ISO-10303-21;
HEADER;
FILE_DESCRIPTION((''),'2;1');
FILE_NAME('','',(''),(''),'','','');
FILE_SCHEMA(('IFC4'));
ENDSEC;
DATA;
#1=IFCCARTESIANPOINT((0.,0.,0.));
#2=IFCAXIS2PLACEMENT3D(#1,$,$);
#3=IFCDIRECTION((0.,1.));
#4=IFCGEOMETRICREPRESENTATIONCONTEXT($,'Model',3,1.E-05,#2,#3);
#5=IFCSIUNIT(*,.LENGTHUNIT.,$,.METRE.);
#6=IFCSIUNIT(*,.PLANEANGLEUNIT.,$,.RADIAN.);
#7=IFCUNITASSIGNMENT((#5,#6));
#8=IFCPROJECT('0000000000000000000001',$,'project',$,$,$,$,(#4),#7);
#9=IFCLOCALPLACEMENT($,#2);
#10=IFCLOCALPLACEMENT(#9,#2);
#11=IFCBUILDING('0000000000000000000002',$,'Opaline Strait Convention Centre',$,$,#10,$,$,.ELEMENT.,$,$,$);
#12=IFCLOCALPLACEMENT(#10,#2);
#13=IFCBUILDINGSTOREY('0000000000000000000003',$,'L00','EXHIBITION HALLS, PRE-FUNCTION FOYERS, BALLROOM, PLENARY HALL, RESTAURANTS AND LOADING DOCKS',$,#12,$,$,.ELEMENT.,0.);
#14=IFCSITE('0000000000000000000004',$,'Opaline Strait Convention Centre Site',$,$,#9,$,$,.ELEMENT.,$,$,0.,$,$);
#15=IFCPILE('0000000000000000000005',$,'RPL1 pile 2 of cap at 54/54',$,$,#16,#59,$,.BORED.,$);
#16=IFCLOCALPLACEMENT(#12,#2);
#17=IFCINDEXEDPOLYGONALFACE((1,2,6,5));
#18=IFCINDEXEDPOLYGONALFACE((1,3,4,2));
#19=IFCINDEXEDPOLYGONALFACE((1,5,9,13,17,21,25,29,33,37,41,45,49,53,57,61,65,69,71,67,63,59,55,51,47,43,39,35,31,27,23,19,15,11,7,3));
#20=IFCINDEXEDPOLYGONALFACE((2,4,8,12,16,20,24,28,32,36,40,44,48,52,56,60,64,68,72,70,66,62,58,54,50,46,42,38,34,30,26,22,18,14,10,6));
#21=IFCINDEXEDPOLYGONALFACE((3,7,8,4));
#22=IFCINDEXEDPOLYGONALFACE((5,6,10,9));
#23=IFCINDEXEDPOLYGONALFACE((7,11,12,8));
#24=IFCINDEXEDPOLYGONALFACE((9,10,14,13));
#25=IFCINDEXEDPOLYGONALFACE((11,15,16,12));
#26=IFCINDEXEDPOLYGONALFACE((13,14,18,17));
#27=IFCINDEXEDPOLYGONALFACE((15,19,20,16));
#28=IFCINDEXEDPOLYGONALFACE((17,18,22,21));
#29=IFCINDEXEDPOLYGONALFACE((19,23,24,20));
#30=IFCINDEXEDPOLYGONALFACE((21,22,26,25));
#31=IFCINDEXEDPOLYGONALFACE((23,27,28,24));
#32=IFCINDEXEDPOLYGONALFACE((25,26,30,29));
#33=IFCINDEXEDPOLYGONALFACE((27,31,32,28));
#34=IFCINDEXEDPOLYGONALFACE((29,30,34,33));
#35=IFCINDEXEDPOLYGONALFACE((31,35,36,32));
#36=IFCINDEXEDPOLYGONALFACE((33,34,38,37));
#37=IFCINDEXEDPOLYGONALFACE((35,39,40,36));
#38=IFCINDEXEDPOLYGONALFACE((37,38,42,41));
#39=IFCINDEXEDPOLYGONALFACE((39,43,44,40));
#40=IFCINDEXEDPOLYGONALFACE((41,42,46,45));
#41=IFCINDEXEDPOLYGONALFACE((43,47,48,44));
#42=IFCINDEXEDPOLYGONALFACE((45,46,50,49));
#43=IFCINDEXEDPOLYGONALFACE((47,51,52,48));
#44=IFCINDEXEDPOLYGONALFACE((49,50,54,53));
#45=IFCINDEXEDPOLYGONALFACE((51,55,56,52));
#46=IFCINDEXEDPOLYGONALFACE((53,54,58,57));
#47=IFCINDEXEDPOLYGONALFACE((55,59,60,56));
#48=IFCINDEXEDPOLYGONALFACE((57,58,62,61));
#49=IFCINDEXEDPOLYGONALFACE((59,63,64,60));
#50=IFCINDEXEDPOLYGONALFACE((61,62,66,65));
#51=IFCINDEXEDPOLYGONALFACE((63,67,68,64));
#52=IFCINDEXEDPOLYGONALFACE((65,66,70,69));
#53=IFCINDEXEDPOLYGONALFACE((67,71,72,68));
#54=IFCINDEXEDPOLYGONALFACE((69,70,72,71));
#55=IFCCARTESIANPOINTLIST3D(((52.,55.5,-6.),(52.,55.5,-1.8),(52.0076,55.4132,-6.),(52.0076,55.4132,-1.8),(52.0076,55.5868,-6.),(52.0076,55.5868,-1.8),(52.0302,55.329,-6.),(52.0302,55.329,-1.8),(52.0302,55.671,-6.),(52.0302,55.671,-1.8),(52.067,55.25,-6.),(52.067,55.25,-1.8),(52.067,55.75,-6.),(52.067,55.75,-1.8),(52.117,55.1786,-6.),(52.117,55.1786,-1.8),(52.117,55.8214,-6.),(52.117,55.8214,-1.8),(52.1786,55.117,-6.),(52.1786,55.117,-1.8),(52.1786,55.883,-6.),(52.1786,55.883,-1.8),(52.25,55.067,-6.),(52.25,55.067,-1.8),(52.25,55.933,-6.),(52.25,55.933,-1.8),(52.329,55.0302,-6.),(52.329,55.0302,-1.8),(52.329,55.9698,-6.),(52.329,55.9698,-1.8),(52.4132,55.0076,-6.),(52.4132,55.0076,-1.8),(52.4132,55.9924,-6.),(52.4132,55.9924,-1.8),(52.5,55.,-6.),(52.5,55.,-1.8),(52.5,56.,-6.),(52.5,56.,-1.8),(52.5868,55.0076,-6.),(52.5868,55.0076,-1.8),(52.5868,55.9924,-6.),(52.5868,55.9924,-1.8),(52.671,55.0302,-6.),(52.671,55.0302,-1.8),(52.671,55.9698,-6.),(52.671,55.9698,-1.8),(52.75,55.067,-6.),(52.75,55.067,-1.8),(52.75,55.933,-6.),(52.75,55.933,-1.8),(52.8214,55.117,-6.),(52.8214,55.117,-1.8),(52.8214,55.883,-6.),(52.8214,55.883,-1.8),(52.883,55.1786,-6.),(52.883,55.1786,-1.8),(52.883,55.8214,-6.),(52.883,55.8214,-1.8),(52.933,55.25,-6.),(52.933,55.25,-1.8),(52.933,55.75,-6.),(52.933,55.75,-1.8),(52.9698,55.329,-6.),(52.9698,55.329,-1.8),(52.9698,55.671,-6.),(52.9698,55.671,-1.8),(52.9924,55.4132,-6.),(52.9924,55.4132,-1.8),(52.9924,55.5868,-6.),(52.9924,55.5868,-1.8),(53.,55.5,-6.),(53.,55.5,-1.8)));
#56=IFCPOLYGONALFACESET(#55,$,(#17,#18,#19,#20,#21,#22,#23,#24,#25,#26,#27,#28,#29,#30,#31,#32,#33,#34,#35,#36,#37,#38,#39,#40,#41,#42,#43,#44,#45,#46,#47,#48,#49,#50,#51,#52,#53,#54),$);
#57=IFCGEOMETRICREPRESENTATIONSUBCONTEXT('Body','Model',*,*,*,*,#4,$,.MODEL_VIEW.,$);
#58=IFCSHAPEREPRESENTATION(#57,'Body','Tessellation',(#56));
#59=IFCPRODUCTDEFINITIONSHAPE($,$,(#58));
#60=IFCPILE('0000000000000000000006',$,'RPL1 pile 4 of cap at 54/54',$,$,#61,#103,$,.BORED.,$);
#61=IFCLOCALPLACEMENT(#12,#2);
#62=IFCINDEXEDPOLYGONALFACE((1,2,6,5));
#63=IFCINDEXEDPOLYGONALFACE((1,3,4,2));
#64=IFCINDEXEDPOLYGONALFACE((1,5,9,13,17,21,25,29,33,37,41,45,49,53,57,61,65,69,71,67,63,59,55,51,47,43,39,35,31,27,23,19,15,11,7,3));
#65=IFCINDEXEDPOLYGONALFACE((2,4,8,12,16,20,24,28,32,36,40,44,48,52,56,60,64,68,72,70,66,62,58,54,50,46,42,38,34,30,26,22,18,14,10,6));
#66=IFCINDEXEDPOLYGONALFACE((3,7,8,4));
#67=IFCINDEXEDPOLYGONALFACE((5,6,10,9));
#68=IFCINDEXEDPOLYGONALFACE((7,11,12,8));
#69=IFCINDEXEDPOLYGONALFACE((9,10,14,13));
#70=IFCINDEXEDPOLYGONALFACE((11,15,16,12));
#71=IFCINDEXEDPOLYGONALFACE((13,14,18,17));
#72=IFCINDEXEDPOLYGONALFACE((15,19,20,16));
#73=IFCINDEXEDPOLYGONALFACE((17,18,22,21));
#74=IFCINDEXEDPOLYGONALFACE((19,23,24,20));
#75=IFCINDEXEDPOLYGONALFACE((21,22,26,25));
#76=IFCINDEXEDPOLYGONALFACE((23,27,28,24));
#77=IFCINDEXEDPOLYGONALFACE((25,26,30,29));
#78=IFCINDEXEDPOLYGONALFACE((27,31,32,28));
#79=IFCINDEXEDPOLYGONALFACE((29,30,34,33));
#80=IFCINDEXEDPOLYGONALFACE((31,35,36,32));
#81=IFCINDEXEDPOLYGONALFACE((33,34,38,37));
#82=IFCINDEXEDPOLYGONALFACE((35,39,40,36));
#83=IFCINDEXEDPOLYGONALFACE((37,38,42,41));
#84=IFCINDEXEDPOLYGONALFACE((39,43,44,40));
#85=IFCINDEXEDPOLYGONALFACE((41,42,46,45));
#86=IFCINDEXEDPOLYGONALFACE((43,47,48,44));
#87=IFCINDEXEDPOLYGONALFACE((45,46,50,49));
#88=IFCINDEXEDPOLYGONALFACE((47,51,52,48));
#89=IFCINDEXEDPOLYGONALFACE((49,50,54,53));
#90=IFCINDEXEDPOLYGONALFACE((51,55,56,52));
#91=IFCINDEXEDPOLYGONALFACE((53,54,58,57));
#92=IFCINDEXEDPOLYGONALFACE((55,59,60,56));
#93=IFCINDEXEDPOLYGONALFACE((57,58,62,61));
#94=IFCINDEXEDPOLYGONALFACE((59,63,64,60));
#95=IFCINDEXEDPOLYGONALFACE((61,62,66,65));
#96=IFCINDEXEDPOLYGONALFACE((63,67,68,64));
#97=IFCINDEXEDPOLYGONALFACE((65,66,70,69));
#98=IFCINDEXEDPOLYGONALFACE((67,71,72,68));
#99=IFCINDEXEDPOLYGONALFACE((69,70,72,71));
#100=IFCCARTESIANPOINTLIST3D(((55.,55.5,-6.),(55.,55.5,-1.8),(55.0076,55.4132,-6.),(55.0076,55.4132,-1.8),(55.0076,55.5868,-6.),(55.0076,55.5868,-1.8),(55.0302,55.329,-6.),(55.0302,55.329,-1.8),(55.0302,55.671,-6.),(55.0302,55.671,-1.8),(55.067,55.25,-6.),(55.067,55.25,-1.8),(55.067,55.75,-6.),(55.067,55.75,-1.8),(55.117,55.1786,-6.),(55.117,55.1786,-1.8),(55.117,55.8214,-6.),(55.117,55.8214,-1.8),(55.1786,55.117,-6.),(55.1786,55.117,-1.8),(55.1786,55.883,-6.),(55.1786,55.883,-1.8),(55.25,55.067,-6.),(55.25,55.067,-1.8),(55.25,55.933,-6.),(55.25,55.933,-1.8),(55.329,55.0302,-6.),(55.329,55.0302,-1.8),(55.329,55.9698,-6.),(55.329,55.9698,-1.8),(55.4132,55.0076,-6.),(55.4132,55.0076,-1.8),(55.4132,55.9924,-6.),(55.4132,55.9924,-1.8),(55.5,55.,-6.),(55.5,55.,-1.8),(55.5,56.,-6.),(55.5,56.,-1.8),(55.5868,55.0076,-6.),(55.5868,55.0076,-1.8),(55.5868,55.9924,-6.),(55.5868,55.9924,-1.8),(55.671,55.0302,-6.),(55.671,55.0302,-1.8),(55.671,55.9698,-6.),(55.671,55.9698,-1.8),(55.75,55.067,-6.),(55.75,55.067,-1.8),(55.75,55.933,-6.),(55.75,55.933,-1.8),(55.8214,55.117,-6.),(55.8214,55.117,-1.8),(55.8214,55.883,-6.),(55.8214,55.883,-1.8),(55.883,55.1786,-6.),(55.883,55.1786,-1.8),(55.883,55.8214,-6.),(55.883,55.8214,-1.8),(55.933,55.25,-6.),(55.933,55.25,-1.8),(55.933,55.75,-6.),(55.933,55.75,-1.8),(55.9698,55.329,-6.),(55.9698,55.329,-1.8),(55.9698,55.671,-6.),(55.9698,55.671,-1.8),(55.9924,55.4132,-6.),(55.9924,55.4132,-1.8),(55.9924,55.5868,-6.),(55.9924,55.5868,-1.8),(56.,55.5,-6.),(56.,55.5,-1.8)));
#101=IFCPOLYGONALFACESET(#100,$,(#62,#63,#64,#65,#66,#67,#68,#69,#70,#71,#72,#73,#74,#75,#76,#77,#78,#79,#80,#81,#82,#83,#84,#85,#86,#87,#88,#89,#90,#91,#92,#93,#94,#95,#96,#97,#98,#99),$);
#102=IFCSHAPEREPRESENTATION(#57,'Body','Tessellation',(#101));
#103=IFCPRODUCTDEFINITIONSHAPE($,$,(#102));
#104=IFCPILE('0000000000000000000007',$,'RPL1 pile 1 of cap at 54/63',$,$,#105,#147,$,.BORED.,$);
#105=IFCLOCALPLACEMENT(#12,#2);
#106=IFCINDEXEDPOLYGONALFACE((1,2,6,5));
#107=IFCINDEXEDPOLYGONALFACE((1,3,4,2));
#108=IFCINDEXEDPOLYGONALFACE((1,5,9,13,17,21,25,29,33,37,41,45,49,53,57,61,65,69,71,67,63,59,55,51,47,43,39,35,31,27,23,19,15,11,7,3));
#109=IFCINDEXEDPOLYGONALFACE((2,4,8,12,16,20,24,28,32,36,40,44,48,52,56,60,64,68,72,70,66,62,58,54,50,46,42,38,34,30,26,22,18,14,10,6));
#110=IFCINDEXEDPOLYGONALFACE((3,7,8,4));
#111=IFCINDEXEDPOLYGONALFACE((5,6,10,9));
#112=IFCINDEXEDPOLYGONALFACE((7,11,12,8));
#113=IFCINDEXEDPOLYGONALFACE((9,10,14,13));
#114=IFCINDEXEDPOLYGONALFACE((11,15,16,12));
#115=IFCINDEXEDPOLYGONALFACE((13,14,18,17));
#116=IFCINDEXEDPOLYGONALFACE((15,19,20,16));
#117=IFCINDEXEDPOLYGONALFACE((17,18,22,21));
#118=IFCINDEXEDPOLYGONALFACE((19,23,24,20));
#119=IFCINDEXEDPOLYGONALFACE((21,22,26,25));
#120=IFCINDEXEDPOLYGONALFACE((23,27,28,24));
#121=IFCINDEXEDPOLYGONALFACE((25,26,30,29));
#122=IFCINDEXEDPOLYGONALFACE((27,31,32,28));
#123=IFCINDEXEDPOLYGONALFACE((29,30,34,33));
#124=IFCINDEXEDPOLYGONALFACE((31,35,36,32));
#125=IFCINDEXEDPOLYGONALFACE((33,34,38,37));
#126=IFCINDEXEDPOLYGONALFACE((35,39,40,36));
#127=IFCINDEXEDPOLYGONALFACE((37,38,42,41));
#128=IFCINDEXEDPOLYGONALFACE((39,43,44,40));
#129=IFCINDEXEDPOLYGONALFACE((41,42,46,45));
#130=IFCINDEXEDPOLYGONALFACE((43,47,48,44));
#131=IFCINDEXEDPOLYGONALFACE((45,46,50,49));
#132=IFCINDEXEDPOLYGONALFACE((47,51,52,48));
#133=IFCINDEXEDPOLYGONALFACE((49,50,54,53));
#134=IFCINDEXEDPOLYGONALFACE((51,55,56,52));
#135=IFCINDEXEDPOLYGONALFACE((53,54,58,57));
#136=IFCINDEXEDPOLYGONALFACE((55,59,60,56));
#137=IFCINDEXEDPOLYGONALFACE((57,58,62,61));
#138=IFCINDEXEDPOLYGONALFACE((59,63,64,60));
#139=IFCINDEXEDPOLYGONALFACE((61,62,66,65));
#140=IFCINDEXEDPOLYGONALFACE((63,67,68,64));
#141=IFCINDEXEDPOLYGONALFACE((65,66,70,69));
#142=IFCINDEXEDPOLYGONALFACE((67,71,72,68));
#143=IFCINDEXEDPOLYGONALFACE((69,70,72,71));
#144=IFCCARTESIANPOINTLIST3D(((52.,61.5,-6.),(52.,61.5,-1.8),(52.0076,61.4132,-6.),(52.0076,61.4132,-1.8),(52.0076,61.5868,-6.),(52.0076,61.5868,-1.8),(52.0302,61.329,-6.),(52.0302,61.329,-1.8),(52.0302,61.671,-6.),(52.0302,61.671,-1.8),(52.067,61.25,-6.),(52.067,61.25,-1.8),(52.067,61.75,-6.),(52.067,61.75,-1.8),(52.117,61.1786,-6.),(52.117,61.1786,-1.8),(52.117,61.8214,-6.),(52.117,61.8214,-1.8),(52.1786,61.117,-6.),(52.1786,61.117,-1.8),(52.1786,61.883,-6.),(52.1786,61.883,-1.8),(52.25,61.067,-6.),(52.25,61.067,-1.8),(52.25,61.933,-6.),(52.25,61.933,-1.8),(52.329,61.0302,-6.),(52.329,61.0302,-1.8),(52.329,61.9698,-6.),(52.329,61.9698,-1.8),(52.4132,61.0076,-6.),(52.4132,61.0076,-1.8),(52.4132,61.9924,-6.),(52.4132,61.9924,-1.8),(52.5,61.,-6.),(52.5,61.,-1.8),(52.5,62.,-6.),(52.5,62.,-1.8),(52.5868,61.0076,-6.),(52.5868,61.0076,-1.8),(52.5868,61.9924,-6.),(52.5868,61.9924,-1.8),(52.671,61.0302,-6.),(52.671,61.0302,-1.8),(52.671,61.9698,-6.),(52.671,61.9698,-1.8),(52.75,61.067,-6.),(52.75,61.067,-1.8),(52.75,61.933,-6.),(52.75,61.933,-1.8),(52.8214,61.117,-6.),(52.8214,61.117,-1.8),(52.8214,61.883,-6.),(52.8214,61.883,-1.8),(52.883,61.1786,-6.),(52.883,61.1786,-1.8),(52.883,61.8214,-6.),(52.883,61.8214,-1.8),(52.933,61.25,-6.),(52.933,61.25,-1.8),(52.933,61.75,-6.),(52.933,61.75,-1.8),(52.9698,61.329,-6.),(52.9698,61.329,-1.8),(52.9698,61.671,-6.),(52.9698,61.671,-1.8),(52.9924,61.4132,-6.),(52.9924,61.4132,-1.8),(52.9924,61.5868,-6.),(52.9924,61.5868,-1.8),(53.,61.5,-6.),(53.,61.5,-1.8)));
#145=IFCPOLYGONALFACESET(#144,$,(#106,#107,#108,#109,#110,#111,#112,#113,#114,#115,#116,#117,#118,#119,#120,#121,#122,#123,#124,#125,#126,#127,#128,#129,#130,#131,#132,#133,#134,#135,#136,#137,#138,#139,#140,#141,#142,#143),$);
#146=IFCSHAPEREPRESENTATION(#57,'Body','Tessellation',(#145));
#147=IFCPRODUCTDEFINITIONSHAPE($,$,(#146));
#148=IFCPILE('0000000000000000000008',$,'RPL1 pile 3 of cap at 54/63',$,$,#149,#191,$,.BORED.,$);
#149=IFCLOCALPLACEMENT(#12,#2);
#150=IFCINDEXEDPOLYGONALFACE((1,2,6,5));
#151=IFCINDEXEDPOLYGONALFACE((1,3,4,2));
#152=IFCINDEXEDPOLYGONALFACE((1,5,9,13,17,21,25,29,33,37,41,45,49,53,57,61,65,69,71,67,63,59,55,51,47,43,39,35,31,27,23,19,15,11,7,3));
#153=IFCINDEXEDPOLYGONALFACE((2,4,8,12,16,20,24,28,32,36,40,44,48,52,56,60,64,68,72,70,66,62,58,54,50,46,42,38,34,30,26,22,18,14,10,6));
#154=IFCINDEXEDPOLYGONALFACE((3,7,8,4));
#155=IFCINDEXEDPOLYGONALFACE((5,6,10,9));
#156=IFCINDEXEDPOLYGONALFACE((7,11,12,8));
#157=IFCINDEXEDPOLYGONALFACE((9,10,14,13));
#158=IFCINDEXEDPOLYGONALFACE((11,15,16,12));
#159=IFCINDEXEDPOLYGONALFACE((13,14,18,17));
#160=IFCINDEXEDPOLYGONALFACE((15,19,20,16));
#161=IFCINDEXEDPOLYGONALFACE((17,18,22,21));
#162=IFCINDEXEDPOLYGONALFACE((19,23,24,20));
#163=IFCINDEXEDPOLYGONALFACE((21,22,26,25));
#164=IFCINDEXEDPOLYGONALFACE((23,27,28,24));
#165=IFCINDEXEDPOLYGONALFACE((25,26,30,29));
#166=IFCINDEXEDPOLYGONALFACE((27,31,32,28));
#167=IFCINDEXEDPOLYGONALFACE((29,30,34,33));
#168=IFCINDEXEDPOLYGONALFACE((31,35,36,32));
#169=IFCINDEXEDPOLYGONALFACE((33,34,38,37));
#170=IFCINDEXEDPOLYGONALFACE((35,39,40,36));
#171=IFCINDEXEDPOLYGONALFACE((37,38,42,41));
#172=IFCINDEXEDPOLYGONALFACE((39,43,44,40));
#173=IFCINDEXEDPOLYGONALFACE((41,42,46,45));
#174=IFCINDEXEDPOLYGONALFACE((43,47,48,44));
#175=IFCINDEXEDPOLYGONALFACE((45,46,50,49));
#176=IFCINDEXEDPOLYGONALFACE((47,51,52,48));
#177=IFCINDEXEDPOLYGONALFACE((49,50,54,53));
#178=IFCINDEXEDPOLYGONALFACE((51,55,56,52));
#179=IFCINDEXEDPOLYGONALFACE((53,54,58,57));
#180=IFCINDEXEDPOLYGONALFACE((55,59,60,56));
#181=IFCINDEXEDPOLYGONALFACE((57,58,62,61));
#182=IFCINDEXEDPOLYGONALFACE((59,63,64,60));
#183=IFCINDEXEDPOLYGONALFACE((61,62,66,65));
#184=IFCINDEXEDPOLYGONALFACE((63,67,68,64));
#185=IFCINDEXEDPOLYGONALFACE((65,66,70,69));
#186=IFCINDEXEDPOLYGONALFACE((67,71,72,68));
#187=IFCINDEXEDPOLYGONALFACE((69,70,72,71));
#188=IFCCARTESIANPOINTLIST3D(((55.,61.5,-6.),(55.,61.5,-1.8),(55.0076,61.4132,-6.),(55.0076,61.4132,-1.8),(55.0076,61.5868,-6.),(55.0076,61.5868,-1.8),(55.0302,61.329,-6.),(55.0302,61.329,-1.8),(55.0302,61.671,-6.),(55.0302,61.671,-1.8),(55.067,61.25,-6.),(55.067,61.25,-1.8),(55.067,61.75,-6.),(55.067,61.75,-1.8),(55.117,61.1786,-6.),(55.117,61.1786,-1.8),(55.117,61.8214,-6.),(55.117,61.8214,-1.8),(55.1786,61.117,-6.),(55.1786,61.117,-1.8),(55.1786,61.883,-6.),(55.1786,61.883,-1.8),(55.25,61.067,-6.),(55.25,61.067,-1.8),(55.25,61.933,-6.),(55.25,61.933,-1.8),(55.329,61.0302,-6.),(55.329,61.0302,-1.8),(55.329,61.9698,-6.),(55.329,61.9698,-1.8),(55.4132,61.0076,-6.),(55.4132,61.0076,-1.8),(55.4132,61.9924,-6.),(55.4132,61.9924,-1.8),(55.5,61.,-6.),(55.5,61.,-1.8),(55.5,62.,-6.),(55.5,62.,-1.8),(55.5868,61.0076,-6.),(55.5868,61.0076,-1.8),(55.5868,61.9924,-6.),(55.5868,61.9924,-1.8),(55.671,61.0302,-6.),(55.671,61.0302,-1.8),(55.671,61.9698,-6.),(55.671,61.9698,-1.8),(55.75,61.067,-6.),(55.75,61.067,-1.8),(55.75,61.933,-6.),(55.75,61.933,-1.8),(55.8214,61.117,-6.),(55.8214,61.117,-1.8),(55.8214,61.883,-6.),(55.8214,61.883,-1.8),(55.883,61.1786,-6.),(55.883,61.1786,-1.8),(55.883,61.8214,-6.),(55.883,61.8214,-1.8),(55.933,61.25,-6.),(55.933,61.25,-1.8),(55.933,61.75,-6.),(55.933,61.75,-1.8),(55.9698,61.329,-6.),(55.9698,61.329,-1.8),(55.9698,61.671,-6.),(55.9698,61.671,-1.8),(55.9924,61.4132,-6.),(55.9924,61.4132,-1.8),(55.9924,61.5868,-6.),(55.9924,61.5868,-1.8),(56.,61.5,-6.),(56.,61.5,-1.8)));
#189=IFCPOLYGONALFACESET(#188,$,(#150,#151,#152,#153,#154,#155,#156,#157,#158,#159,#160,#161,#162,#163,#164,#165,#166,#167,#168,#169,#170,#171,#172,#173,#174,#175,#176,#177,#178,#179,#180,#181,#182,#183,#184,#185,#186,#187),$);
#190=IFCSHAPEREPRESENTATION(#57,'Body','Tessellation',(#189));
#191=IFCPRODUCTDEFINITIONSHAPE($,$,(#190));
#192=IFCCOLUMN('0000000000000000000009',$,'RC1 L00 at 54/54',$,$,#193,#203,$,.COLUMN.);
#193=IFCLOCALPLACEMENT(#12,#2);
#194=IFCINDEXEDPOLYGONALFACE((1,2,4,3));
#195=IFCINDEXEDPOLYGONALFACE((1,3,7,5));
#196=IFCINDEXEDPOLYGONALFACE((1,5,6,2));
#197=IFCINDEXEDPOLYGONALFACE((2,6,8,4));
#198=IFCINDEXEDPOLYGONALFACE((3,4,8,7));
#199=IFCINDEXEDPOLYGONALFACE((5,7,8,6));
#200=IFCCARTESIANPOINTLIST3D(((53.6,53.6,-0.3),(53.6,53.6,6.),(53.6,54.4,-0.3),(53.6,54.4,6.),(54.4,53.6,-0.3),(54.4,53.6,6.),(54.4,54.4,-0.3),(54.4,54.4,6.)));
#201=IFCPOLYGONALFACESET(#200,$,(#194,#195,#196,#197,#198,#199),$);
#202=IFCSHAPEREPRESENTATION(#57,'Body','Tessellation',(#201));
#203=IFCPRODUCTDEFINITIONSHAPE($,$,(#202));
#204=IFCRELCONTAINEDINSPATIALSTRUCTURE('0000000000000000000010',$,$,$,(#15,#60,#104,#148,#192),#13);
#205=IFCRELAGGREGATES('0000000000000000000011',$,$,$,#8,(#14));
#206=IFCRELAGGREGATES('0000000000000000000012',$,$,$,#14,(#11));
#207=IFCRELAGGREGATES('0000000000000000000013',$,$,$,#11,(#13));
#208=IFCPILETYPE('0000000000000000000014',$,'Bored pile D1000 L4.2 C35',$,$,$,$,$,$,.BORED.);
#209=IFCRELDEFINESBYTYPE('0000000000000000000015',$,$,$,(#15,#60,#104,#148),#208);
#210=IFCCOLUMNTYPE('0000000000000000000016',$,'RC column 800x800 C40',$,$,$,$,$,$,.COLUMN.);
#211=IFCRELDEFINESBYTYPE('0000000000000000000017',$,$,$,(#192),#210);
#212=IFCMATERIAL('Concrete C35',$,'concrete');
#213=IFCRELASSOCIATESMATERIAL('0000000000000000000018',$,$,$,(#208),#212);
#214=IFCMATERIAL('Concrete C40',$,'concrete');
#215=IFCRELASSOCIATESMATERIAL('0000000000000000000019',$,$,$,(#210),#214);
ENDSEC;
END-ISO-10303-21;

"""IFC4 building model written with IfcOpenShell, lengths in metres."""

from ifc_helpers import new_model, si_unit, direction, frame, origin, origin_2d, place, context, subcontext, project, spatial, rectangle, circle, extrude, material, material_profile, profile_set, type_object, element, save


model = new_model("IFC4")

# Units and contexts
model_context = context("Model", 3, precision=1e-05, world=origin(), true_north=direction((0.0, 1.0)))
body_context = subcontext(model_context, "Body", "Model", "MODEL_VIEW")
ifc_project = project(units=[si_unit("LENGTHUNIT", "METRE"), si_unit("PLANEANGLEUNIT", "RADIAN")], contexts=[model_context])

# Site, building, storey
site_placement = place(None, origin())
site = spatial("IfcSite", under=ifc_project, at=site_placement, Name="Opaline Strait Convention Centre Site", CompositionType="ELEMENT", RefElevation=0.0)
building_placement = place(site_placement, origin())
building = spatial("IfcBuilding", under=site, at=building_placement, Name="Opaline Strait Convention Centre", CompositionType="ELEMENT")
storey_placement = place(building_placement, origin())
storey = spatial("IfcBuildingStorey", under=building, at=storey_placement, Name="L00", Description="EXHIBITION HALLS, PRE-FUNCTION FOYERS, BALLROOM, PLENARY HALL, RESTAURANTS AND LOADING DOCKS", CompositionType="ELEMENT", Elevation=0.0)

# Piles
ifc_material_1 = material(Name="Concrete C35", Category="concrete")
ifc_material_profile_1 = material_profile(ifc_material_1, circle(Radius=0.5, at=origin_2d()), Name="D1000")
ifc_profile_set_1 = profile_set([ifc_material_profile_1], Name="Concrete C35")
pile_type = type_object("IfcPileType", Name="Bored pile D1000 L4.2 C35", PredefinedType="BORED", material=ifc_profile_set_1)
for number, where, z_axis, x_axis, name in (
    (1, (52.5, 55.5, -1.8), (0.0, 0.0, -1.0), (1.0, 0.0, 0.0), "RPL1 pile 2 of cap at 54/54"),
    (2, (55.5, 55.5, -1.8), (0.0, 0.0, -1.0), (1.0, 0.0, 0.0), "RPL1 pile 4 of cap at 54/54"),
    (3, (52.5, 61.5, -1.8), (0.0, 0.0, -1.0), (1.0, 0.0, 0.0), "RPL1 pile 1 of cap at 54/63"),
    (4, (55.5, 61.5, -1.8), (0.0, 0.0, -1.0), (1.0, 0.0, 0.0), "RPL1 pile 3 of cap at 54/63"),
):
    element("IfcPile", number, at=place(storey_placement, frame(where, z_axis=z_axis, x_axis=x_axis)), inside=storey, type_object=pile_type, Name=name, PredefinedType="BORED", context=body_context, shape_type="SweptSolid", body=[
        extrude(circle(Radius=0.5, at=origin_2d()), origin(), (0.0, 0.0, 1.0), 4.2),
    ])

# Column
ifc_material_2 = material(Name="Concrete C40", Category="concrete")
ifc_material_profile_2 = material_profile(ifc_material_2, rectangle(XDim=0.8, YDim=0.8, at=origin_2d()), Name="RC 800x800")
ifc_profile_set_2 = profile_set([ifc_material_profile_2], Name="Concrete C40")
column_type = type_object("IfcColumnType", Name="RC column 800x800 C40", PredefinedType="COLUMN", material=ifc_profile_set_2)
column_placement = place(storey_placement, frame((54.0, 54.0, -0.3), z_axis=(0.0, 0.0, 1.0), x_axis=(1.0, 0.0, 0.0)))
element("IfcColumn", 5, at=column_placement, inside=storey, type_object=column_type, Name="RC1 L00 at 54/54", PredefinedType="COLUMN", context=body_context, shape_type="SweptSolid", body=[
    extrude(rectangle(XDim=0.8, YDim=0.8, at=origin_2d()), origin(), (0.0, 0.0, 1.0), 6.3),
])

save(model, "model.ifc")
